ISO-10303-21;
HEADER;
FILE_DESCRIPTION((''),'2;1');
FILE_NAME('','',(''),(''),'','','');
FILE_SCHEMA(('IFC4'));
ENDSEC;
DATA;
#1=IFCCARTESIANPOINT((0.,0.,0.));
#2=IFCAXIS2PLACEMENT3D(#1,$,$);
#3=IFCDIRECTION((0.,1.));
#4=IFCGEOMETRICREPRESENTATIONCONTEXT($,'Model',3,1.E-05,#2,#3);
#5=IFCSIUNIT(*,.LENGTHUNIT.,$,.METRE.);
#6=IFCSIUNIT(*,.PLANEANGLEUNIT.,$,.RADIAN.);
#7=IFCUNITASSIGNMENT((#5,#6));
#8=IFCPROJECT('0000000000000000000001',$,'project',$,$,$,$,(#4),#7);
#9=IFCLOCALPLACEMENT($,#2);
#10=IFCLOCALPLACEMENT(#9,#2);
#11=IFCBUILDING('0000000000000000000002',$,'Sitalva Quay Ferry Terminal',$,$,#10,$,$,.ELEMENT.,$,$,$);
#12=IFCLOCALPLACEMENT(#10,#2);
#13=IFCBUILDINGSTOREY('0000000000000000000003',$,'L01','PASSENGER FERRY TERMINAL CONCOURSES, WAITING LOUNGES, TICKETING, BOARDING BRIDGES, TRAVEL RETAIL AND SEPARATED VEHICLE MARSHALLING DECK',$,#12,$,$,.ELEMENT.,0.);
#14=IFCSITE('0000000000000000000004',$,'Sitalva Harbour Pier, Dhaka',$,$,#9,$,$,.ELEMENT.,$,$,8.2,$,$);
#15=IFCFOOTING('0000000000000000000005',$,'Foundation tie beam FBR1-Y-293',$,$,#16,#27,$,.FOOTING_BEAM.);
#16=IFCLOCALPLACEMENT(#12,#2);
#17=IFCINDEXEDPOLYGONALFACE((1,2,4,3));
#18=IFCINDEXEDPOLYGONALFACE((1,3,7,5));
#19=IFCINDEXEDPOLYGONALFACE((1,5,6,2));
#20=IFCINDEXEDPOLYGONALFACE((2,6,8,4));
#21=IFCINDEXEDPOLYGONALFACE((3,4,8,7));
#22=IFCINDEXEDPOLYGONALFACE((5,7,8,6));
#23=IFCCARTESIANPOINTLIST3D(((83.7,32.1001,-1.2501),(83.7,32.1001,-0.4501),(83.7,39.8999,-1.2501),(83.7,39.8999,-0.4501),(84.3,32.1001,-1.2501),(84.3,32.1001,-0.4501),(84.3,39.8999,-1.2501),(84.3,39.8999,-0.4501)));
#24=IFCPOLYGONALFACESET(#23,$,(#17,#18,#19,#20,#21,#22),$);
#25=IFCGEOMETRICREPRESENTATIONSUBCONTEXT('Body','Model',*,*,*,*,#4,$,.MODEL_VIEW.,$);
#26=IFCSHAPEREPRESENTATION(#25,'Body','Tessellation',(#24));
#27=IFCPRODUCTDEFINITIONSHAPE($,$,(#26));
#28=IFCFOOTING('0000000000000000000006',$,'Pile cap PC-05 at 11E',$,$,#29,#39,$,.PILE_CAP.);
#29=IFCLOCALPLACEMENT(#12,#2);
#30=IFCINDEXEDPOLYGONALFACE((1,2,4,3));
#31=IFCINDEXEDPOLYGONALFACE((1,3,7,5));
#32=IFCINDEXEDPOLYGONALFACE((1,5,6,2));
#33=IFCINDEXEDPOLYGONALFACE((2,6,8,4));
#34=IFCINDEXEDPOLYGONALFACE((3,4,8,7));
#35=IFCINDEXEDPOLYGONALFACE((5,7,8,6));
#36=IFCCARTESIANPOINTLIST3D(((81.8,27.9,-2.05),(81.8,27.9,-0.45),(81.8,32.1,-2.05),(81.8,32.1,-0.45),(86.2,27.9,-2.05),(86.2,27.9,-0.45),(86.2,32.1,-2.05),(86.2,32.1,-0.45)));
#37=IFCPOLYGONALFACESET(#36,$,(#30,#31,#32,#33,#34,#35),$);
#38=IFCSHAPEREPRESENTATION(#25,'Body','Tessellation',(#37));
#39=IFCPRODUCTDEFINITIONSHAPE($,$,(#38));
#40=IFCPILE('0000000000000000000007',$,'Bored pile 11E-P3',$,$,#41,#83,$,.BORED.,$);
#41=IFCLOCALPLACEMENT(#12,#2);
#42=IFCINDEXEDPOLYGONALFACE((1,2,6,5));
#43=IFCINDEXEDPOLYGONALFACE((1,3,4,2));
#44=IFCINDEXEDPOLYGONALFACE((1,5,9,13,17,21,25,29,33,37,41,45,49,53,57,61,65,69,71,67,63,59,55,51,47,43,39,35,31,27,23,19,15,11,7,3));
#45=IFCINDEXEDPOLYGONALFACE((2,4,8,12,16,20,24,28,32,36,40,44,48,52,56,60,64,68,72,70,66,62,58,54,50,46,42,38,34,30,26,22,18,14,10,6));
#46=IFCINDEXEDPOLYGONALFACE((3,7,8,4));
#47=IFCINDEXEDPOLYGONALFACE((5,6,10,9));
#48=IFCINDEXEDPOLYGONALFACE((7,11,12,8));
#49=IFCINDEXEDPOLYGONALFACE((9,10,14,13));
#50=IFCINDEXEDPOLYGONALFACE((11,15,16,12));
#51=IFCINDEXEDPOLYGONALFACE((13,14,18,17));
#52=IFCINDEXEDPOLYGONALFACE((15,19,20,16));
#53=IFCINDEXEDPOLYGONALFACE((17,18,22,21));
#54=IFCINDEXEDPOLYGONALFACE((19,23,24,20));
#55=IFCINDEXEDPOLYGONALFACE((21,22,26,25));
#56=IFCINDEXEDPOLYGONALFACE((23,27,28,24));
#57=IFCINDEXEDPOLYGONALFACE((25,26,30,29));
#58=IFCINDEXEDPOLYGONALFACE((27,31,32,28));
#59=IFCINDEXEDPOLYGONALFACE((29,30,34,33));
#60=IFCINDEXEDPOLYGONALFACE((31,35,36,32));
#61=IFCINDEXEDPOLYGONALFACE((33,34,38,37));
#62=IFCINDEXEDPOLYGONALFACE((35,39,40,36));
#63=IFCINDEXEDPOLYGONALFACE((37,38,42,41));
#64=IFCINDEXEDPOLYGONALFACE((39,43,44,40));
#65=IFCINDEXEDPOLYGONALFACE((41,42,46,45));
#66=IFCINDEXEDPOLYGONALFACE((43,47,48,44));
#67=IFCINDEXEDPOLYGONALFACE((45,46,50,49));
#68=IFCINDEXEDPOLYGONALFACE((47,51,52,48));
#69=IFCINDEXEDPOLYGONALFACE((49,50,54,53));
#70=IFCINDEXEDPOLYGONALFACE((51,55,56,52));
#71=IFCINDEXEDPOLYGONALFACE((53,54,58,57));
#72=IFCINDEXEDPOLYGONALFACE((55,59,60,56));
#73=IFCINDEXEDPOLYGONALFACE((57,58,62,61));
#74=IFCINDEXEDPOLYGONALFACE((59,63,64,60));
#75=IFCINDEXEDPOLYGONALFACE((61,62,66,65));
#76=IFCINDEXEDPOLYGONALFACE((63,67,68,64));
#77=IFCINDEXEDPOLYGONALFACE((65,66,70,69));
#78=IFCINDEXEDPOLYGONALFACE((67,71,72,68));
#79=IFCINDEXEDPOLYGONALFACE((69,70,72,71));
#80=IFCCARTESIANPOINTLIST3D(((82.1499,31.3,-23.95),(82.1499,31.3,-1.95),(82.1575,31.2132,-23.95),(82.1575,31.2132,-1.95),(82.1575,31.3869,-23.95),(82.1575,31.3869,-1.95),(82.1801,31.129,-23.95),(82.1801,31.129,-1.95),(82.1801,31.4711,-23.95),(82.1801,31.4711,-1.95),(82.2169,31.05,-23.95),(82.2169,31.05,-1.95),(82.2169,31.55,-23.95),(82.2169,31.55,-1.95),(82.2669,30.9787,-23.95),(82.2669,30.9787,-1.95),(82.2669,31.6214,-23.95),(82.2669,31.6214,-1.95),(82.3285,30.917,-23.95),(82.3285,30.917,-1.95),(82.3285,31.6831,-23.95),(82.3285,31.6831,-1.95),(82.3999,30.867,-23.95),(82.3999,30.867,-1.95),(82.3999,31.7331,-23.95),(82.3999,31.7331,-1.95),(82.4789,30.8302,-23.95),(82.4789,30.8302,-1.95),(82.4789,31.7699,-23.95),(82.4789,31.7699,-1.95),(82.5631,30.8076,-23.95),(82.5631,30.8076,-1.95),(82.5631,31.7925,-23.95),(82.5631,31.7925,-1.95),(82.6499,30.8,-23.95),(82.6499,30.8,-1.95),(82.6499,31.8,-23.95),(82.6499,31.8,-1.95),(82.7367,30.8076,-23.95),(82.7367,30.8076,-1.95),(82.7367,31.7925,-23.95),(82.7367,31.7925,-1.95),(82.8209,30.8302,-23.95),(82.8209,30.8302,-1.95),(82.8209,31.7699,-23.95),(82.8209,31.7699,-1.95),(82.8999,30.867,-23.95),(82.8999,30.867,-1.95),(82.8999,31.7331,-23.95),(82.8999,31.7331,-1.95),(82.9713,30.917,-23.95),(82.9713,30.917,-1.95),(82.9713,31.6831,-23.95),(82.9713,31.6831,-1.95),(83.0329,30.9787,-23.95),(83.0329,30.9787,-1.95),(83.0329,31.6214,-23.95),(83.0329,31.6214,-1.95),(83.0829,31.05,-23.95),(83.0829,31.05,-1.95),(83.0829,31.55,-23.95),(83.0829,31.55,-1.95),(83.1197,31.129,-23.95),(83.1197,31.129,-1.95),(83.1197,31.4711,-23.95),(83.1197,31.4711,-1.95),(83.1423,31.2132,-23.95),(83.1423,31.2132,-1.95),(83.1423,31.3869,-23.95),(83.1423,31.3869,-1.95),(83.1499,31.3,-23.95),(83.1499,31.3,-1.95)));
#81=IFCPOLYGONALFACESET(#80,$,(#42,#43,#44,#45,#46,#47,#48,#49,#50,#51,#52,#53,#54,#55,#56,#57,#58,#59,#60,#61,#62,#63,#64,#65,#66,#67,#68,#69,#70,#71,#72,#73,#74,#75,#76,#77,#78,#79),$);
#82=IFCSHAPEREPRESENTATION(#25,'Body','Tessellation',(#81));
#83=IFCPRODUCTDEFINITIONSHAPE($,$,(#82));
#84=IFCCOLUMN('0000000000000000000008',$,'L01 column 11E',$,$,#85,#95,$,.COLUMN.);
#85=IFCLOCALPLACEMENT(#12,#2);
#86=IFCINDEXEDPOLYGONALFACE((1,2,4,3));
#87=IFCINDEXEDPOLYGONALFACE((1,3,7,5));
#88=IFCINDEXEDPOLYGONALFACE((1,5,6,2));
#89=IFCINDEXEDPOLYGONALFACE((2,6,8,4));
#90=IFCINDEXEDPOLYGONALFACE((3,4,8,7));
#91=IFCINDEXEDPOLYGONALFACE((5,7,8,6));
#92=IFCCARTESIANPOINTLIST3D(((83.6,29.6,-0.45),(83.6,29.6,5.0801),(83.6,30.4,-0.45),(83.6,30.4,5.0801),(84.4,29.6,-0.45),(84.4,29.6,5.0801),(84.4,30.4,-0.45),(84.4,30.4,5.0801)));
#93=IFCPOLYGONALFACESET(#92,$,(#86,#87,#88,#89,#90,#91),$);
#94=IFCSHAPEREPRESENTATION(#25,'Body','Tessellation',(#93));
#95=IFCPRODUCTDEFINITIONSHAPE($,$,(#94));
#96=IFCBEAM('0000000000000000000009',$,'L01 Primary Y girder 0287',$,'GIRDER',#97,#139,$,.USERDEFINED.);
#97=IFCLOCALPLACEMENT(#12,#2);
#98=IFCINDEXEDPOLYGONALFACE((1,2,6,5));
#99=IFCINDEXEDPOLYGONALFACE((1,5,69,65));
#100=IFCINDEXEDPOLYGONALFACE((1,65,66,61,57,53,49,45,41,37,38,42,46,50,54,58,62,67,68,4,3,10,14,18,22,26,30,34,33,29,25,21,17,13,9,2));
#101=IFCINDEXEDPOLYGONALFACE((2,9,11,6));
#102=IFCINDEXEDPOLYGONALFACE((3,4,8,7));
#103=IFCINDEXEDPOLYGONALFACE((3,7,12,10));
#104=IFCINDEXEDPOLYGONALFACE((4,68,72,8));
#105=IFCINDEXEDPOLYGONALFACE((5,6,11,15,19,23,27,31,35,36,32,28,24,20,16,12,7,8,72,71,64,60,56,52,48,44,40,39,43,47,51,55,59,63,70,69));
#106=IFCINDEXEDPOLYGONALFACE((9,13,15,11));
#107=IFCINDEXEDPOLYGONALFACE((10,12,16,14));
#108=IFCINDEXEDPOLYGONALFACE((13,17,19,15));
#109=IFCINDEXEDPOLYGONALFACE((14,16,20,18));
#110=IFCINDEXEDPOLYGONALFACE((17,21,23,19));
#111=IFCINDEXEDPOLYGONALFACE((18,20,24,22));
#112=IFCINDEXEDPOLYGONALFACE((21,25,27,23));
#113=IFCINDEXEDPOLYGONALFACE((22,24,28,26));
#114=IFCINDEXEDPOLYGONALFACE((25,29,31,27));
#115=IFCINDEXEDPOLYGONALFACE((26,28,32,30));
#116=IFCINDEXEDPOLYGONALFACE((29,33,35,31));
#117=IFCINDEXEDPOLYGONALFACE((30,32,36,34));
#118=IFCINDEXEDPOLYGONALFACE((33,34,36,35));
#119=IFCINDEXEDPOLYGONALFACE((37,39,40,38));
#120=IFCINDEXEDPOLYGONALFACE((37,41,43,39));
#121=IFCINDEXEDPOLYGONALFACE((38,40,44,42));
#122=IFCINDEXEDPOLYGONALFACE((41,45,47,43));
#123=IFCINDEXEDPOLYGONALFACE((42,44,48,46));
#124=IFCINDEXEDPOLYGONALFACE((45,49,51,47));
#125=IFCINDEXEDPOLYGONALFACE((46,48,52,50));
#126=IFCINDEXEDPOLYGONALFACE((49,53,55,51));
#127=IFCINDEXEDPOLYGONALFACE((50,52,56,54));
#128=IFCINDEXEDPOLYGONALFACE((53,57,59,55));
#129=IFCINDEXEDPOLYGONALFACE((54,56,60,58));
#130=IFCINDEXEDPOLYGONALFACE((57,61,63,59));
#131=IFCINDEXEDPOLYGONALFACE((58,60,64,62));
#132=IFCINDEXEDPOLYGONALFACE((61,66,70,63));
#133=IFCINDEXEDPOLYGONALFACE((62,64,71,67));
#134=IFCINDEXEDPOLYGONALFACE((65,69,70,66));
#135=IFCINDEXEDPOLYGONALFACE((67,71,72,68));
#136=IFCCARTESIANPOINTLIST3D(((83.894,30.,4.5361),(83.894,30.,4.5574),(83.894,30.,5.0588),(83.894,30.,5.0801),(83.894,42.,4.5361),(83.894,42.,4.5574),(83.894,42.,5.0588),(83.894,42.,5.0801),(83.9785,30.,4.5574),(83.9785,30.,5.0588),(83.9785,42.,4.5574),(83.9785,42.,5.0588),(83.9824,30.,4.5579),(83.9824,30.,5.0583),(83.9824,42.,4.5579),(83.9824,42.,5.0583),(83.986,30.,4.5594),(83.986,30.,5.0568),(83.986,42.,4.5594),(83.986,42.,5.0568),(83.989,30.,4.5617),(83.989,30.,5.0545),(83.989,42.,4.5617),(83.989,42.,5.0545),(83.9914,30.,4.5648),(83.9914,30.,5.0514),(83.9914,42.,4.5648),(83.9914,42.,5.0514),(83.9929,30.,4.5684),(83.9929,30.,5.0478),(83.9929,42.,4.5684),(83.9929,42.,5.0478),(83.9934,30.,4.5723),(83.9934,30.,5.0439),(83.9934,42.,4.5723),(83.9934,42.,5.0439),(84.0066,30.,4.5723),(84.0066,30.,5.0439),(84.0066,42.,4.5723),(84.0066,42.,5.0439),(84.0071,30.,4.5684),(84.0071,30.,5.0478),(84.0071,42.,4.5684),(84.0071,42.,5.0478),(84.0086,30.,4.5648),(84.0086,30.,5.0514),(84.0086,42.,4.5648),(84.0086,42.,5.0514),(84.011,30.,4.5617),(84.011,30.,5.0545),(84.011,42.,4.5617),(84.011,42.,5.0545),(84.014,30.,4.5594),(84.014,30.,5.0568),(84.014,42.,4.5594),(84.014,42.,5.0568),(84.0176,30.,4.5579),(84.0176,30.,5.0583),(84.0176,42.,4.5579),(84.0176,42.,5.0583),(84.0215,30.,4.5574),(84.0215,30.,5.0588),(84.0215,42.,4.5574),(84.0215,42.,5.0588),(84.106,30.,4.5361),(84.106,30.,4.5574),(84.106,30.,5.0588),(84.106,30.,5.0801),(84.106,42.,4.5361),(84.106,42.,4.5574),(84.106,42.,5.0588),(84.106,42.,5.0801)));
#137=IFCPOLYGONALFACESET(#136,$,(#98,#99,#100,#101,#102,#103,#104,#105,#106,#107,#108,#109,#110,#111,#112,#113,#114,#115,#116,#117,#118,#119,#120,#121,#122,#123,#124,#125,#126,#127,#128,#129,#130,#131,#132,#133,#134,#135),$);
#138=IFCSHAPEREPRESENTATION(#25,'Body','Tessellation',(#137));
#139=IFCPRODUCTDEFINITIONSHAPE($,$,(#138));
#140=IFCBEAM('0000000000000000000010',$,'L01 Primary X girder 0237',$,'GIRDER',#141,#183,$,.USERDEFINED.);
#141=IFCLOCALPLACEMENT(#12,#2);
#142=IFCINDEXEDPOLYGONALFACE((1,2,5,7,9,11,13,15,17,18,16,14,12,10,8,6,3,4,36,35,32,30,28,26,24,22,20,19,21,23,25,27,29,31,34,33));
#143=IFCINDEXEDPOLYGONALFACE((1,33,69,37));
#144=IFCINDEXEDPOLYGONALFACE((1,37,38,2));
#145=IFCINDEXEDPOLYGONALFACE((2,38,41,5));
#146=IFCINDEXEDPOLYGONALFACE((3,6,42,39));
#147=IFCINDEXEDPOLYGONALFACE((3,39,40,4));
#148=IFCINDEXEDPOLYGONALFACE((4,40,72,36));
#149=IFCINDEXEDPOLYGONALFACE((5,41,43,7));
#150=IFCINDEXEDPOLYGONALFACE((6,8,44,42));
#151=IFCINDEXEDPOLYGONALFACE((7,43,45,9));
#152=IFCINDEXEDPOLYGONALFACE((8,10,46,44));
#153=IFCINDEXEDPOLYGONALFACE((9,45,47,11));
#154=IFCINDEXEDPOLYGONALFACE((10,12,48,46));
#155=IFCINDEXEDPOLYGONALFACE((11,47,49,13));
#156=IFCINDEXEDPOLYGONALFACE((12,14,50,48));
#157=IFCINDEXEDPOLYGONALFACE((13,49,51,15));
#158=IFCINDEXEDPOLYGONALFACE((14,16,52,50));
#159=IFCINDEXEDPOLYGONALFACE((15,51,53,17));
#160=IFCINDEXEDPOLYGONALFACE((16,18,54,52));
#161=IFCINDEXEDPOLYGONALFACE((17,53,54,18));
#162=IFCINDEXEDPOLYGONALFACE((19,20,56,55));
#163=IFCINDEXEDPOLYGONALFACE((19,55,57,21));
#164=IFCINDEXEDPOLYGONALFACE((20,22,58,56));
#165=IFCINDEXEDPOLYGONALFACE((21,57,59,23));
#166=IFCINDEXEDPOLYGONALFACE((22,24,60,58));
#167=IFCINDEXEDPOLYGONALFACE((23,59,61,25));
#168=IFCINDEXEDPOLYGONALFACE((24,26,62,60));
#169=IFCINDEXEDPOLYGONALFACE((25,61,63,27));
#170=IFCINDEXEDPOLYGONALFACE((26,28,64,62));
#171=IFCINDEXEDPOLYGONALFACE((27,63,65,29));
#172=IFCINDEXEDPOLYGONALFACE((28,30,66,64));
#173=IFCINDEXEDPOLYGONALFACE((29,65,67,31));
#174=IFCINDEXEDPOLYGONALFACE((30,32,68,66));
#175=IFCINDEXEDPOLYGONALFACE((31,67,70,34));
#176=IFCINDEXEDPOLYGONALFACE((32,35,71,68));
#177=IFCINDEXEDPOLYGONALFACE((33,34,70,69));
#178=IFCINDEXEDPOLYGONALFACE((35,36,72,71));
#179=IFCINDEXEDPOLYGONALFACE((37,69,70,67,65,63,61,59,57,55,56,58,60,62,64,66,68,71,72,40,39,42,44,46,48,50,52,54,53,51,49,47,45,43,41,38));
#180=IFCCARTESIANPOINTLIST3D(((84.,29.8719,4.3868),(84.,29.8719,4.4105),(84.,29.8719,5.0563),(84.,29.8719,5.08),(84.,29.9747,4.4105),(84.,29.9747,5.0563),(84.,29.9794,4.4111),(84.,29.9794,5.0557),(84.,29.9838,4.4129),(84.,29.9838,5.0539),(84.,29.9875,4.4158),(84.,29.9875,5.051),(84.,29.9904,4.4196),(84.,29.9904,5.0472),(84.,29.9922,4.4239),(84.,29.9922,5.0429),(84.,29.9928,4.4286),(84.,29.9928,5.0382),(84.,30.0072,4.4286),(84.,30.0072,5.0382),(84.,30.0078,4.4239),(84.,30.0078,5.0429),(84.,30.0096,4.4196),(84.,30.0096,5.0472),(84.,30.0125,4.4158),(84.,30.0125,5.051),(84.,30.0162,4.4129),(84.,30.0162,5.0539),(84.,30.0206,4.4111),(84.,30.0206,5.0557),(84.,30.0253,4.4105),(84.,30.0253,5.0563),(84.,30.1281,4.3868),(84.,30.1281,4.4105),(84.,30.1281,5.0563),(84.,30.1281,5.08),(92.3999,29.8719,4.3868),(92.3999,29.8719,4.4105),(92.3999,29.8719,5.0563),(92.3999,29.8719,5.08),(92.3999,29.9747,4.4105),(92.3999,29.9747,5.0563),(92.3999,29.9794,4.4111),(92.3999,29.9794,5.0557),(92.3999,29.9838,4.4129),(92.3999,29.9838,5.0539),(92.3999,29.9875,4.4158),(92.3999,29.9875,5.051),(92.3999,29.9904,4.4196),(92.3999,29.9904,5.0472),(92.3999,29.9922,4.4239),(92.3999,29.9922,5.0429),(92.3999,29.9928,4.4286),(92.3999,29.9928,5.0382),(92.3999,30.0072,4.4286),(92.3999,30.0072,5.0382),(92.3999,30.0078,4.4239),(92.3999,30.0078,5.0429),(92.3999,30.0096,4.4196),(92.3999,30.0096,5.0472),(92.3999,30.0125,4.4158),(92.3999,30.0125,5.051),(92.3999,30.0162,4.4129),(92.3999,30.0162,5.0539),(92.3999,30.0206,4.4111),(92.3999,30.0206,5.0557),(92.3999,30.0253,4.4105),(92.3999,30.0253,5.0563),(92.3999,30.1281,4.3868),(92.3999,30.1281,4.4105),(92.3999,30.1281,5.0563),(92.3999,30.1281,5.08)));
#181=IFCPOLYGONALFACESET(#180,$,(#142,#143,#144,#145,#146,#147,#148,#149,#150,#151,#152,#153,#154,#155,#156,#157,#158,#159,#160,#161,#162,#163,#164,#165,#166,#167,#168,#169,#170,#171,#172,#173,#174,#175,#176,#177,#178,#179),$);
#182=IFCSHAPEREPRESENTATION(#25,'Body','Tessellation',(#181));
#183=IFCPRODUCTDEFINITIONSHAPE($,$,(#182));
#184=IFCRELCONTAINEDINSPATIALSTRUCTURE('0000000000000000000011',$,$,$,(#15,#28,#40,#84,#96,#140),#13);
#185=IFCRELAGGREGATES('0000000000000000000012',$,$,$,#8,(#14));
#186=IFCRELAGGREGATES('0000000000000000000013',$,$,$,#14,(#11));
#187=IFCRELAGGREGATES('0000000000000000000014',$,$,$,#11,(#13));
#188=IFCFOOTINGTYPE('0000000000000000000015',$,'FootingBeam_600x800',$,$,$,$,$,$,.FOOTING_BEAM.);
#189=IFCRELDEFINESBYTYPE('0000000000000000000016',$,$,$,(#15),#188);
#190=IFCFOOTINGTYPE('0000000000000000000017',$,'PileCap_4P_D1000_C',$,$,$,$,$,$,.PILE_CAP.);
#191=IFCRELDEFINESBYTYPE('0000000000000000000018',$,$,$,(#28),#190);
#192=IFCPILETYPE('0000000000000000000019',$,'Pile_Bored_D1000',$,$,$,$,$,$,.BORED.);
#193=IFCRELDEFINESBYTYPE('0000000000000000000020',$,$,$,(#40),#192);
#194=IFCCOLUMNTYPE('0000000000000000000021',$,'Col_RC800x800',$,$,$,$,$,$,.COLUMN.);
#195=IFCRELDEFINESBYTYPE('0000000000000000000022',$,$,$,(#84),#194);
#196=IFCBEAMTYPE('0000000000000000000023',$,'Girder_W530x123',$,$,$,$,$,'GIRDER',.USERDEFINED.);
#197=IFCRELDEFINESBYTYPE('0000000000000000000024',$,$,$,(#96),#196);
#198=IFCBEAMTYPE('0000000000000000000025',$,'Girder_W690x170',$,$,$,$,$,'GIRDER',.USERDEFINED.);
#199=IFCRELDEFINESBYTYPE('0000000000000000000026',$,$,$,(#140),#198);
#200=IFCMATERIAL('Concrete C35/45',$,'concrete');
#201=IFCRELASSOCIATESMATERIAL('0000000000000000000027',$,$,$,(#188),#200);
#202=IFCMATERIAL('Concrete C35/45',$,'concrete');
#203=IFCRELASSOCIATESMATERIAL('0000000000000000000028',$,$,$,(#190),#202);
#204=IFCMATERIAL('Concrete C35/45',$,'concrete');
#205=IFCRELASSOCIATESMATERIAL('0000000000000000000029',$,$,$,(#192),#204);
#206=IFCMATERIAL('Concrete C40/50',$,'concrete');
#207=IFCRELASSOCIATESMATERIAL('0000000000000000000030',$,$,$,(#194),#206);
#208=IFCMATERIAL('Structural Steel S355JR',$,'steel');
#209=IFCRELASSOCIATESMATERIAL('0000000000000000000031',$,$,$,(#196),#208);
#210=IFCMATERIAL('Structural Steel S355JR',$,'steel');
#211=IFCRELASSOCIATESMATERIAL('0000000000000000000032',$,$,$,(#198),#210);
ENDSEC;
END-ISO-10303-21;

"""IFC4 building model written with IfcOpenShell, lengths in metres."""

from ifc_helpers import new_model, si_unit, direction, frame, origin, origin_2d, place, context, subcontext, project, spatial, rectangle, circle, i_section, extrude, material, material_profile, profile_set, type_object, element, save


model = new_model("IFC4")

# Units and contexts
model_context = context("Model", 3, precision=1e-05, world=origin(), true_north=direction((0.0, 1.0)))
body_context = subcontext(model_context, "Body", "Model", "MODEL_VIEW")
ifc_project = project(units=[si_unit("LENGTHUNIT", "METRE"), si_unit("PLANEANGLEUNIT", "RADIAN")], contexts=[model_context])

# Site, building, storey
site_placement = place(None, origin())
site = spatial("IfcSite", under=ifc_project, at=site_placement, Name="Sitalva Harbour Pier, Dhaka", CompositionType="ELEMENT", RefElevation=8.2)
building_placement = place(site_placement, origin())
building = spatial("IfcBuilding", under=site, at=building_placement, Name="Sitalva Quay Ferry Terminal", CompositionType="ELEMENT")
storey_placement = place(building_placement, origin())
storey = spatial("IfcBuildingStorey", under=building, at=storey_placement, Name="L01", Description="PASSENGER FERRY TERMINAL CONCOURSES, WAITING LOUNGES, TICKETING, BOARDING BRIDGES, TRAVEL RETAIL AND SEPARATED VEHICLE MARSHALLING DECK", CompositionType="ELEMENT", Elevation=0.0)

# Footings
ifc_material_1 = material(Name="Concrete C35/45", Category="concrete")
ifc_material_profile_1 = material_profile(ifc_material_1, rectangle(XDim=0.6001, YDim=0.8, at=origin_2d()), Name="RC600x800")
ifc_profile_set_1 = profile_set([ifc_material_profile_1], Name="Concrete C35/45")
footing_type_1 = type_object("IfcFootingType", Name="FootingBeam_600x800", PredefinedType="FOOTING_BEAM", material=ifc_profile_set_1)
footing_1_placement = place(storey_placement, frame((84.0, 32.1001, -0.8501), z_axis=(0.0, 1.0, 0.0), x_axis=(-1.0, 0.0, 0.0)))
element("IfcFooting", 1, at=footing_1_placement, inside=storey, type_object=footing_type_1, Name="Foundation tie beam FBR1-Y-293", PredefinedType="FOOTING_BEAM", context=body_context, shape_type="SweptSolid", body=[
    extrude(rectangle(XDim=0.6001, YDim=0.8, at=origin_2d()), origin(), (0.0, 0.0, 1.0), 7.7998),
])
ifc_material_2 = material(Name="Concrete C35/45", Category="concrete")
footing_type_2 = type_object("IfcFootingType", Name="PileCap_4P_D1000_C", PredefinedType="PILE_CAP", material=ifc_material_2)
footing_2_placement = place(storey_placement, frame((84.0, 30.0, -2.05), z_axis=(0.0, 0.0, 1.0), x_axis=(1.0, 0.0, 0.0)))
element("IfcFooting", 2, at=footing_2_placement, inside=storey, type_object=footing_type_2, Name="Pile cap PC-05 at 11E", PredefinedType="PILE_CAP", context=body_context, shape_type="SweptSolid", body=[
    extrude(rectangle(XDim=4.3999, YDim=4.2, at=origin_2d()), origin(), (0.0, 0.0, 1.0), 1.6001),
])

# Pile
ifc_material_3 = material(Name="Concrete C35/45", Category="concrete")
ifc_material_profile_2 = material_profile(ifc_material_3, circle(Radius=0.5, at=origin_2d()), Name="PILE-D1000")
ifc_profile_set_2 = profile_set([ifc_material_profile_2], Name="Concrete C35/45")
pile_type = type_object("IfcPileType", Name="Pile_Bored_D1000", PredefinedType="BORED", material=ifc_profile_set_2)
pile_placement = place(storey_placement, frame((82.6499, 31.3, -1.95), z_axis=(0.0, 0.0, -1.0), x_axis=(1.0, 0.0, 0.0)))
element("IfcPile", 3, at=pile_placement, inside=storey, type_object=pile_type, Name="Bored pile 11E-P3", PredefinedType="BORED", context=body_context, shape_type="SweptSolid", body=[
    extrude(circle(Radius=0.5, at=origin_2d()), origin(), (0.0, 0.0, 1.0), 22.0),
])

# Column
ifc_material_4 = material(Name="Concrete C40/50", Category="concrete")
ifc_material_profile_3 = material_profile(ifc_material_4, rectangle(XDim=0.8, YDim=0.8, at=origin_2d()), Name="RC800x800")
ifc_profile_set_3 = profile_set([ifc_material_profile_3], Name="Concrete C40/50")
column_type = type_object("IfcColumnType", Name="Col_RC800x800", PredefinedType="COLUMN", material=ifc_profile_set_3)
column_placement = place(storey_placement, frame((84.0, 30.0, -0.45), z_axis=(0.0, 0.0, 1.0), x_axis=(1.0, 0.0, 0.0)))
element("IfcColumn", 4, at=column_placement, inside=storey, type_object=column_type, Name="L01 column 11E", PredefinedType="COLUMN", context=body_context, shape_type="SweptSolid", body=[
    extrude(rectangle(XDim=0.8, YDim=0.8, at=origin_2d()), origin(), (0.0, 0.0, 1.0), 5.53),
])

# Beams
ifc_material_5 = material(Name="Structural Steel S355JR", Category="steel")
ifc_material_profile_4 = material_profile(ifc_material_5, i_section(OverallWidth=0.2119, OverallDepth=0.5439, WebThickness=0.0132, FlangeThickness=0.0212, FilletRadius=0.0149, at=origin_2d()), Name="W530x123")
ifc_profile_set_4 = profile_set([ifc_material_profile_4], Name="Structural Steel S355JR")
beam_type_1 = type_object("IfcBeamType", Name="Girder_W530x123", ElementType="GIRDER", PredefinedType="USERDEFINED", material=ifc_profile_set_4)
beam_1_placement = place(storey_placement, frame((84.0, 30.0, 4.8081), z_axis=(0.0, 1.0, 0.0), x_axis=(-1.0, 0.0, 0.0)))
element("IfcBeam", 5, at=beam_1_placement, inside=storey, type_object=beam_type_1, Name="L01 Primary Y girder 0287", ObjectType="GIRDER", PredefinedType="USERDEFINED", context=body_context, shape_type="SweptSolid", body=[
    extrude(i_section(OverallWidth=0.2119, OverallDepth=0.5439, WebThickness=0.0132, FlangeThickness=0.0212, FilletRadius=0.0149, at=origin_2d()), origin(), (0.0, 0.0, 1.0), 12.0),
])
ifc_material_6 = material(Name="Structural Steel S355JR", Category="steel")
ifc_material_profile_5 = material_profile(ifc_material_6, i_section(OverallWidth=0.2561, OverallDepth=0.6931, WebThickness=0.0144, FlangeThickness=0.0237, FilletRadius=0.0181, at=origin_2d()), Name="W690x170")
ifc_profile_set_5 = profile_set([ifc_material_profile_5], Name="Structural Steel S355JR")
beam_type_2 = type_object("IfcBeamType", Name="Girder_W690x170", ElementType="GIRDER", PredefinedType="USERDEFINED", material=ifc_profile_set_5)
beam_2_placement = place(storey_placement, frame((84.0, 30.0, 4.7334), z_axis=(1.0, 0.0, 0.0), x_axis=(0.0, 1.0, 0.0)))
element("IfcBeam", 6, at=beam_2_placement, inside=storey, type_object=beam_type_2, Name="L01 Primary X girder 0237", ObjectType="GIRDER", PredefinedType="USERDEFINED", context=body_context, shape_type="SweptSolid", body=[
    extrude(i_section(OverallWidth=0.2561, OverallDepth=0.6931, WebThickness=0.0144, FlangeThickness=0.0237, FilletRadius=0.0181, at=origin_2d()), origin(), (0.0, 0.0, 1.0), 8.3999),
])

save(model, "model.ifc")
